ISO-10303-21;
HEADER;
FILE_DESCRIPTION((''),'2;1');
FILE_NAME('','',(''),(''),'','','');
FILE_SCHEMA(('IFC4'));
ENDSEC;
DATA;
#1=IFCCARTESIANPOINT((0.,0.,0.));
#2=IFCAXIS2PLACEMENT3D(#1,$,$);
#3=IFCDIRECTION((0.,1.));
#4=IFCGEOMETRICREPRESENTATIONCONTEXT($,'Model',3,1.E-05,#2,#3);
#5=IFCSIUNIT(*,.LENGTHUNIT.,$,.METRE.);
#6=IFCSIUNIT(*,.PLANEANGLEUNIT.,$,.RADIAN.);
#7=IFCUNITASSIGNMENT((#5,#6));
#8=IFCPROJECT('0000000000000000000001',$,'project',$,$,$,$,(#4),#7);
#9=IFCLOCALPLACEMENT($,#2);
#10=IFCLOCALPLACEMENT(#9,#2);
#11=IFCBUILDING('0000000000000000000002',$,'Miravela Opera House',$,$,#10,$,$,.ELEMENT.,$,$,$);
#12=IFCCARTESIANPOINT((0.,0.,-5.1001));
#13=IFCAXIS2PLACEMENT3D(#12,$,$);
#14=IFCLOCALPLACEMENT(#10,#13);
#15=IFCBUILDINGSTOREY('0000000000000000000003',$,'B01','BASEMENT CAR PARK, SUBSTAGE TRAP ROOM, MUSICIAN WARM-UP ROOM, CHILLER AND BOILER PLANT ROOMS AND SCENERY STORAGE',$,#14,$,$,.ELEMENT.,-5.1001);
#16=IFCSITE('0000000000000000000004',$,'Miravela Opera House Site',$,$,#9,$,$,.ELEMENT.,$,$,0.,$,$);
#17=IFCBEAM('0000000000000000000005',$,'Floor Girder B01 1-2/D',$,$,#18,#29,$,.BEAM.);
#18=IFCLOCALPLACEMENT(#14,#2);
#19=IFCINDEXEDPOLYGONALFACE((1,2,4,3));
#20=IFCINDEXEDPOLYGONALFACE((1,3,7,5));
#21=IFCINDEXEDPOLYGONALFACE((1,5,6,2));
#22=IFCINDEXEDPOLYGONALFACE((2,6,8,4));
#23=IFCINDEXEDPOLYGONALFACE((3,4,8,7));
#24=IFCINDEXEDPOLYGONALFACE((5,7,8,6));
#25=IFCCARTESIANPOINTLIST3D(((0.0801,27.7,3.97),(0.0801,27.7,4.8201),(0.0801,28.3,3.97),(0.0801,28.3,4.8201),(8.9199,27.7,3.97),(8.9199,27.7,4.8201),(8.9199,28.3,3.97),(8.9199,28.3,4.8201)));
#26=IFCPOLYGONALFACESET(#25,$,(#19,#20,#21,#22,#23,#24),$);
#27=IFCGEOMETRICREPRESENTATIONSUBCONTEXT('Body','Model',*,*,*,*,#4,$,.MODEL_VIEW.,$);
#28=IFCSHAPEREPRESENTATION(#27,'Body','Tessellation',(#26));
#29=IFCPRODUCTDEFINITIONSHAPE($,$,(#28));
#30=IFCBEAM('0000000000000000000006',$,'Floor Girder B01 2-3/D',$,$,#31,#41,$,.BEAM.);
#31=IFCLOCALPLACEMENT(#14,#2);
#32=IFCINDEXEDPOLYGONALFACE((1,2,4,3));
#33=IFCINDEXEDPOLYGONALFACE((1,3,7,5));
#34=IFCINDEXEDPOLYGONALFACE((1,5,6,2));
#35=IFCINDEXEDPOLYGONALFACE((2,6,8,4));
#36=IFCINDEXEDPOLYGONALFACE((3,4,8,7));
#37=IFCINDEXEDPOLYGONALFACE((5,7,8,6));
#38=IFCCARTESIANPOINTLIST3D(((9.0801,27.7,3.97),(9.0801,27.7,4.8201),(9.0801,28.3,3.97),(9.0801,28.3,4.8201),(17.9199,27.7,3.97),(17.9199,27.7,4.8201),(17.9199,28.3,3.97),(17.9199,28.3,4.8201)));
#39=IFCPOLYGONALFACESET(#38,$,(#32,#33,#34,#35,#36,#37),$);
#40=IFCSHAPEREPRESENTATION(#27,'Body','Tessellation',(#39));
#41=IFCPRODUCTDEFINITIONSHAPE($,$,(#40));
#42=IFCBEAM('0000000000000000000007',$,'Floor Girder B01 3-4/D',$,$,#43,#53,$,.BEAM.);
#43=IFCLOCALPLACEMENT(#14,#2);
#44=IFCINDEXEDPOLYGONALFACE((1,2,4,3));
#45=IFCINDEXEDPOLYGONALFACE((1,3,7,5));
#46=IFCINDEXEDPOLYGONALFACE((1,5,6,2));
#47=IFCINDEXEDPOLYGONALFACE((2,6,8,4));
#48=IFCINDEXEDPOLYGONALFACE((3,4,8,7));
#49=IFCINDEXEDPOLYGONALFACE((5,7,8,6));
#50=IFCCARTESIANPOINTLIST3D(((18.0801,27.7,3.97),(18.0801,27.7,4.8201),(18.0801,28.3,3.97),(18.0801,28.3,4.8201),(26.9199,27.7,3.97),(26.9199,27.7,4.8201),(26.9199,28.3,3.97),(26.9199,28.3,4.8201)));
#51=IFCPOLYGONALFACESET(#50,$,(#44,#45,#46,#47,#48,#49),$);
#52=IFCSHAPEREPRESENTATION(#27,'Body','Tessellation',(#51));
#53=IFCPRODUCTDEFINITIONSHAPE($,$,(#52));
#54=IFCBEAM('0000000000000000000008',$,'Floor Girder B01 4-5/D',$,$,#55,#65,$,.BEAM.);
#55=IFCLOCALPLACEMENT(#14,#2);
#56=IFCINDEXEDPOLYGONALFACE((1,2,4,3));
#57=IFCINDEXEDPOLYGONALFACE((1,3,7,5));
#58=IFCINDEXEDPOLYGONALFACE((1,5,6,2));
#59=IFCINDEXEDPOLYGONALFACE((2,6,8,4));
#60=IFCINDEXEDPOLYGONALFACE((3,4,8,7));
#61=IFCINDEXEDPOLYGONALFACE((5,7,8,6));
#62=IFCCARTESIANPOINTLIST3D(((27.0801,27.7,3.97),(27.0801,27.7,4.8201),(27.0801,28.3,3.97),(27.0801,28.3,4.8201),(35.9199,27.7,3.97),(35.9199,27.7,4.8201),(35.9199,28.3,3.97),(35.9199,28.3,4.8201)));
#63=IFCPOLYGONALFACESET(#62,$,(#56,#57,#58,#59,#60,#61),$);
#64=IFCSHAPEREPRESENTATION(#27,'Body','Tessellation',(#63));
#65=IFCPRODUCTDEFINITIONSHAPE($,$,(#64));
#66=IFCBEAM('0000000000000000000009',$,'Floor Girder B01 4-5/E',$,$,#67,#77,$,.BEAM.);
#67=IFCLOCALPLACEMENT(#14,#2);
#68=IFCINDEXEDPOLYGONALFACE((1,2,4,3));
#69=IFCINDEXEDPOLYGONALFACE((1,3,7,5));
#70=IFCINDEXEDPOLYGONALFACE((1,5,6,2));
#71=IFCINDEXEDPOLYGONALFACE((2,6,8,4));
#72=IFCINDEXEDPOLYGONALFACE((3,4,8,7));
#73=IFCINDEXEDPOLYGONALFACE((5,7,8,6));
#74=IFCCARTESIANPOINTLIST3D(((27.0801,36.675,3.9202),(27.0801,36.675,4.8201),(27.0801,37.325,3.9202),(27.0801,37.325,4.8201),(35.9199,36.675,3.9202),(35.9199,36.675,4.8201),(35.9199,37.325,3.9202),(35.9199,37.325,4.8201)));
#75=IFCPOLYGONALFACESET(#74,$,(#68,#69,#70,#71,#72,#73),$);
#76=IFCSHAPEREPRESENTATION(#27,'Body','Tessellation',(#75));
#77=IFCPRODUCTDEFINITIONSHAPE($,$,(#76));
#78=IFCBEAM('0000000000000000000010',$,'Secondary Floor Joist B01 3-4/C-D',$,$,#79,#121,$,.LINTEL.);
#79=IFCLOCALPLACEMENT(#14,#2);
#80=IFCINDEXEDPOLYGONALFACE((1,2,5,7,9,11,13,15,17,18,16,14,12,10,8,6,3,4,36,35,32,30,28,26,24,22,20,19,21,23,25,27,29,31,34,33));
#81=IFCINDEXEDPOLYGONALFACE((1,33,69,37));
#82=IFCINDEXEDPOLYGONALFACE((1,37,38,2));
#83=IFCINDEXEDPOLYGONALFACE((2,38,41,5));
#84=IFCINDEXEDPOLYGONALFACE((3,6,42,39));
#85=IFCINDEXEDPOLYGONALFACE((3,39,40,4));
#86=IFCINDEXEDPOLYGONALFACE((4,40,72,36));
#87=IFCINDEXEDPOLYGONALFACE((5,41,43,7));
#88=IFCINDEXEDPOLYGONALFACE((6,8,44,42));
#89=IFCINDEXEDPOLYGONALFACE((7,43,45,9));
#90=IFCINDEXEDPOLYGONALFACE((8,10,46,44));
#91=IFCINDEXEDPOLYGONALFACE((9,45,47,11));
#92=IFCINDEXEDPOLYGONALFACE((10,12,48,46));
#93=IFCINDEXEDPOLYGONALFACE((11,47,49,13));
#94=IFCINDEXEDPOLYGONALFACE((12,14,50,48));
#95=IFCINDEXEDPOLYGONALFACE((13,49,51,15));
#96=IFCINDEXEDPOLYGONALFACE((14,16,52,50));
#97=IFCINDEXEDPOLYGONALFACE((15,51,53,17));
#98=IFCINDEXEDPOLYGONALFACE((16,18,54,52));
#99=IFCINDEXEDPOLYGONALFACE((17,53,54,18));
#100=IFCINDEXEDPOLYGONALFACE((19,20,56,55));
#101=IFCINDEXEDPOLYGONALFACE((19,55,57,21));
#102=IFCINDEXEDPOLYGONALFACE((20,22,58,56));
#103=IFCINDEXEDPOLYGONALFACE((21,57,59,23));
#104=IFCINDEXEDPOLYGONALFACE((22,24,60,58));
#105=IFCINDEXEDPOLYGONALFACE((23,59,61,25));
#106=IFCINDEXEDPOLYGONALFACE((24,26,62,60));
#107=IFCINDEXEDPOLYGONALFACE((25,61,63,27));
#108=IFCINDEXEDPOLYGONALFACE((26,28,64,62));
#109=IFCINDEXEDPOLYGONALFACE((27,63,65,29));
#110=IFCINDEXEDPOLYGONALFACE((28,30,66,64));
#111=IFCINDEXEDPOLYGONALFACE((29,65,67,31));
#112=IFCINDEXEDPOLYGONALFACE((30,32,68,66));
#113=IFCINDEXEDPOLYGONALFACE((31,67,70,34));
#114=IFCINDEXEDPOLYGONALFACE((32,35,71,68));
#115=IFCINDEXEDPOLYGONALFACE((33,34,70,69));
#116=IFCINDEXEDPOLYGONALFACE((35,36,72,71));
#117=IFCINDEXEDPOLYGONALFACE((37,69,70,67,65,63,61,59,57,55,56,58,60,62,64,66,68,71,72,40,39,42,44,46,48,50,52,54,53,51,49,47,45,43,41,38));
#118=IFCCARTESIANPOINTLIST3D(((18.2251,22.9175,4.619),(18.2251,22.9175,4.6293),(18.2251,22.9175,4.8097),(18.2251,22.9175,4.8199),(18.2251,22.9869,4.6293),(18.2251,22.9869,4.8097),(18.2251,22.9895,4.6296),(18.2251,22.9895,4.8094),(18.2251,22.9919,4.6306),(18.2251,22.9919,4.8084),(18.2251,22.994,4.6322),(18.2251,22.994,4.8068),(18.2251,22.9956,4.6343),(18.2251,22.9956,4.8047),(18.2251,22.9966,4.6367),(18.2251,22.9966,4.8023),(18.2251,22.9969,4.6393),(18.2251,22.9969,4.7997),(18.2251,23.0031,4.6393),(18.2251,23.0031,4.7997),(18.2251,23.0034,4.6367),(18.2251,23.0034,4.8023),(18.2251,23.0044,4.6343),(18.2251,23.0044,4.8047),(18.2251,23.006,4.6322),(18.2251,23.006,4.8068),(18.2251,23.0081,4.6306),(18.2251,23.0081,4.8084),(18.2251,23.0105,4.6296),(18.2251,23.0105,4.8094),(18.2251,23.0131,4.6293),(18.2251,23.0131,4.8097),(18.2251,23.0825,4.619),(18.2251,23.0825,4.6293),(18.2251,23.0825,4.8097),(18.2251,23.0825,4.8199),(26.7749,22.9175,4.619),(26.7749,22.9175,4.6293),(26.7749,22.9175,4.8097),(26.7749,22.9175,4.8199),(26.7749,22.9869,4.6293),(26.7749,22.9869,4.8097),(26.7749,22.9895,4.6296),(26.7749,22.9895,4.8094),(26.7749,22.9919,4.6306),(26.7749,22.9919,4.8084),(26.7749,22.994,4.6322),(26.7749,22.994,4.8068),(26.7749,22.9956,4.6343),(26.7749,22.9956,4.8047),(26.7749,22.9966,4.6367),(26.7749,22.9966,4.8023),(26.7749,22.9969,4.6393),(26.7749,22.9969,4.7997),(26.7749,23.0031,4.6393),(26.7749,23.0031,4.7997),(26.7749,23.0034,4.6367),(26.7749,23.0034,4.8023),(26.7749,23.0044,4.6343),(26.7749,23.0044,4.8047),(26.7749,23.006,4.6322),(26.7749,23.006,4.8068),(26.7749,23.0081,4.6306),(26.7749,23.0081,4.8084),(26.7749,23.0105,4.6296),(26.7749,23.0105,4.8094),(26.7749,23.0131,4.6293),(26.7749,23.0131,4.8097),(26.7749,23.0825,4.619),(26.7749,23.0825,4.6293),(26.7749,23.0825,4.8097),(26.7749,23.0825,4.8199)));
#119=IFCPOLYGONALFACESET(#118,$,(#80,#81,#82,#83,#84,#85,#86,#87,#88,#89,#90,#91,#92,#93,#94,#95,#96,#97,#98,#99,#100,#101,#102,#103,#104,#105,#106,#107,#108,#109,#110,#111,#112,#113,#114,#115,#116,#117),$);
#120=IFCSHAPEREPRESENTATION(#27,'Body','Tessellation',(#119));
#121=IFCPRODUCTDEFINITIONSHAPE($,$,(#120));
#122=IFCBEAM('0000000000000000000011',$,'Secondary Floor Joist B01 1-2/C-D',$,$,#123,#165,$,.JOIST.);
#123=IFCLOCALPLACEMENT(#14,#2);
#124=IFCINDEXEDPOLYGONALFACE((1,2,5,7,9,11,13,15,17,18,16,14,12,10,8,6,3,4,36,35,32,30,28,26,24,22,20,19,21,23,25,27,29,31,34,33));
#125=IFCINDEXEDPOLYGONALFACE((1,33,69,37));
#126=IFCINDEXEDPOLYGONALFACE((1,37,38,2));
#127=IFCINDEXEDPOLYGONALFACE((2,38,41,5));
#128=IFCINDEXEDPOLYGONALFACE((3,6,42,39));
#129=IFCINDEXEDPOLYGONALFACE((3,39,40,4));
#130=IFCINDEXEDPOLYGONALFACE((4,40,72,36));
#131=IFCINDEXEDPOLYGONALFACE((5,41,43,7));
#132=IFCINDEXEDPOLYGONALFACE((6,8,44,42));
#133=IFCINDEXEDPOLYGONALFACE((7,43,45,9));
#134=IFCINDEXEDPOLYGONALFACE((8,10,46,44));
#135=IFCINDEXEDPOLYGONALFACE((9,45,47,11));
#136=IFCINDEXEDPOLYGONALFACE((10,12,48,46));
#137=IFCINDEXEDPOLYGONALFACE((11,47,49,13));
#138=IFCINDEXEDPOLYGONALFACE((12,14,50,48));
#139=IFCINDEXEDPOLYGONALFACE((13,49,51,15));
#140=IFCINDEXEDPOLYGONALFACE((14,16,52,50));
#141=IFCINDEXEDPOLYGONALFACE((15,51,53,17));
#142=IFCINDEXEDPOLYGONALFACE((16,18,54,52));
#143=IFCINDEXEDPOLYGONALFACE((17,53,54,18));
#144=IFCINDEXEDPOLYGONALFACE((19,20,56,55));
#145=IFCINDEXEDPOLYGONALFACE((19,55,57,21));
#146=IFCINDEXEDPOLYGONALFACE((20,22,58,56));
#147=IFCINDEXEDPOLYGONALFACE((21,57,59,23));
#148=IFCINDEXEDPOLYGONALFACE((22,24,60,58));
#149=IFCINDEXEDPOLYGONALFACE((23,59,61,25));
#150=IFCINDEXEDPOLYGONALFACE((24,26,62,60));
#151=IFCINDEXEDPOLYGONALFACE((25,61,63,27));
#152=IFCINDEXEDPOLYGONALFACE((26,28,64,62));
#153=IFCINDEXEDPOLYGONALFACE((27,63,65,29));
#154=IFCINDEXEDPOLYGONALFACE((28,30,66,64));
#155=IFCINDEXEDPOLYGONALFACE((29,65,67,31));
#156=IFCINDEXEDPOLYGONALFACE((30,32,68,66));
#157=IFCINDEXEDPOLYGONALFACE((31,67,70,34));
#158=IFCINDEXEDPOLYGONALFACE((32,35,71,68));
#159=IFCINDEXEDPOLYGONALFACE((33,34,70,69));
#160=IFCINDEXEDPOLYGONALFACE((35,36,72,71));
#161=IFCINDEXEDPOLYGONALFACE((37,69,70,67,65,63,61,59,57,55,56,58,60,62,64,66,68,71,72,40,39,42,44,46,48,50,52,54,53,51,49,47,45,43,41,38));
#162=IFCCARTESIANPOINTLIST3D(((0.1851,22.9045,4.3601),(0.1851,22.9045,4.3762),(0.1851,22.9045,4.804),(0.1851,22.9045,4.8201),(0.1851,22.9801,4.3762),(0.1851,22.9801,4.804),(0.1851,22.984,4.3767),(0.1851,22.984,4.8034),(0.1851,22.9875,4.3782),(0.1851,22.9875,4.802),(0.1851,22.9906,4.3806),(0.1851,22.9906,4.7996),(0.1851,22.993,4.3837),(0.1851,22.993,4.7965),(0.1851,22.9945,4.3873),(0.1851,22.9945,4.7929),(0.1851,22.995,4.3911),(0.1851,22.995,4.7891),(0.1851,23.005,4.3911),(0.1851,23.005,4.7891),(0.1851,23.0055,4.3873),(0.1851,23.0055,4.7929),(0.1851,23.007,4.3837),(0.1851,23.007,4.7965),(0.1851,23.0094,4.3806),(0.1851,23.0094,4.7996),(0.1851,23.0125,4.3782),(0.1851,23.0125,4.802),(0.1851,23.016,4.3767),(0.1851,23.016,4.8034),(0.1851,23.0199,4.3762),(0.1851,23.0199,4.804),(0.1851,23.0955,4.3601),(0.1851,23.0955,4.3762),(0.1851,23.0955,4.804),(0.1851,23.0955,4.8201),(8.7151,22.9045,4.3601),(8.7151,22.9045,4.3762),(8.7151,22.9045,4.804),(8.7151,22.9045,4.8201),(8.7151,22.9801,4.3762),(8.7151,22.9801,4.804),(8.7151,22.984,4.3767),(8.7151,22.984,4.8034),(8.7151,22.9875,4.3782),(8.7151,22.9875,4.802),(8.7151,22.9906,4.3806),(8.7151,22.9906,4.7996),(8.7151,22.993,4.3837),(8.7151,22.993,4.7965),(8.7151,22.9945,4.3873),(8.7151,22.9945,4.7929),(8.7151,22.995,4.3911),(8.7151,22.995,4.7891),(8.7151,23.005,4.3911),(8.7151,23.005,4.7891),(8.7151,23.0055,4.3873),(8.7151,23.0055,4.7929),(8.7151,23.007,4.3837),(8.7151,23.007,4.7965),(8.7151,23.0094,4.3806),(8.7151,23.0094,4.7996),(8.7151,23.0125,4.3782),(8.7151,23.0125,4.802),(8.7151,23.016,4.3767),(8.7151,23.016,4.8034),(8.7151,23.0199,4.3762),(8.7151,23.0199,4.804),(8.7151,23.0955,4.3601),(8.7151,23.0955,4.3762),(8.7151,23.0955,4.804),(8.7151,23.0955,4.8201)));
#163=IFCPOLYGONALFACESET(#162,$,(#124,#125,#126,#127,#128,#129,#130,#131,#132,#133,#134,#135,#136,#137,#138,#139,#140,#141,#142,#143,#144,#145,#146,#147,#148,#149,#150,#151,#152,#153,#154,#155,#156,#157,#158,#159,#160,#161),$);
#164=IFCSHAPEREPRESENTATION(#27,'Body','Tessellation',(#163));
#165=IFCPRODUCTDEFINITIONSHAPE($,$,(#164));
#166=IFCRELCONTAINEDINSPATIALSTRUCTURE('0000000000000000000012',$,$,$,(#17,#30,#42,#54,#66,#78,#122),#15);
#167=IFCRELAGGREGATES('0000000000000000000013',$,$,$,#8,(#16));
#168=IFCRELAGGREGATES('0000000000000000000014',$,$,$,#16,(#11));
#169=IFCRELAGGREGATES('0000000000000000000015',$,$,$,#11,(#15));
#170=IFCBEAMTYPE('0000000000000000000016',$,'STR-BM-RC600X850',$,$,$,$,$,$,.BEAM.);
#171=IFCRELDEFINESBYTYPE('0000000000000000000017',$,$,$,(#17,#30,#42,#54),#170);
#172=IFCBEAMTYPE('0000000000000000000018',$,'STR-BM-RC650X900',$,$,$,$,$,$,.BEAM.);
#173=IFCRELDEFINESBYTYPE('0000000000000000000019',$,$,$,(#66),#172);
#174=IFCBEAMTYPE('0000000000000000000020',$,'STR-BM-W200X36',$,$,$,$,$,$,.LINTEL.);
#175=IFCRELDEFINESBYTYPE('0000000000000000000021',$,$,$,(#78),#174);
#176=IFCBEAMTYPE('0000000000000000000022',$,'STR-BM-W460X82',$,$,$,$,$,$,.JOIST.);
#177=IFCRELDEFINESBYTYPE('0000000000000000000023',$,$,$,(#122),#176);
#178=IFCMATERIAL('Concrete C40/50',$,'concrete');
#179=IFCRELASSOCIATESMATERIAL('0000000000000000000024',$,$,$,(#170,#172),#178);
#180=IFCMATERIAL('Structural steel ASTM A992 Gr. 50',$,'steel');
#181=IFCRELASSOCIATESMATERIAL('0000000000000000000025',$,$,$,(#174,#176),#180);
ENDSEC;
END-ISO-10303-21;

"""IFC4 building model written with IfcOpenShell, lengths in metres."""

from ifc_helpers import new_model, si_unit, direction, frame, origin, origin_2d, place, context, subcontext, project, spatial, rectangle, i_section, extrude, material, material_profile, profile_set, type_object, element, save


model = new_model("IFC4")

# Units and contexts
model_context = context("Model", 3, precision=1e-05, world=origin(), true_north=direction((0.0, 1.0)))
body_context = subcontext(model_context, "Body", "Model", "MODEL_VIEW")
ifc_project = project(units=[si_unit("LENGTHUNIT", "METRE"), si_unit("PLANEANGLEUNIT", "RADIAN")], contexts=[model_context])

# Site, building, storey
site_placement = place(None, origin())
site = spatial("IfcSite", under=ifc_project, at=site_placement, Name="Miravela Opera House Site", CompositionType="ELEMENT", RefElevation=0.0)
building_placement = place(site_placement, origin())
building = spatial("IfcBuilding", under=site, at=building_placement, Name="Miravela Opera House", CompositionType="ELEMENT")
storey_placement = place(building_placement, frame((0.0, 0.0, -5.1001)))
storey = spatial("IfcBuildingStorey", under=building, at=storey_placement, Name="B01", Description="BASEMENT CAR PARK, SUBSTAGE TRAP ROOM, MUSICIAN WARM-UP ROOM, CHILLER AND BOILER PLANT ROOMS AND SCENERY STORAGE", CompositionType="ELEMENT", Elevation=-5.1001)

# Shared definitions
ifc_material_1 = material(Name="Concrete C40/50", Category="concrete")

# Beams
ifc_material_profile_1 = material_profile(ifc_material_1, rectangle(XDim=0.6001, YDim=0.8501, at=origin_2d()), Name="RC-BM-600X850")
ifc_profile_set_1 = profile_set([ifc_material_profile_1])
beam_type_1 = type_object("IfcBeamType", Name="STR-BM-RC600X850", PredefinedType="BEAM", material=ifc_profile_set_1)
for number, where, z_axis, x_axis, name in (
    (1, (0.0801, 28.0, 4.395), (1.0, 0.0, 0.0), (0.0, 1.0, 0.0), "Floor Girder B01 1-2/D"),
    (2, (9.0801, 28.0, 4.395), (1.0, 0.0, 0.0), (0.0, 1.0, 0.0), "Floor Girder B01 2-3/D"),
    (3, (18.0801, 28.0, 4.395), (1.0, 0.0, 0.0), (0.0, 1.0, 0.0), "Floor Girder B01 3-4/D"),
    (4, (27.0801, 28.0, 4.395), (1.0, 0.0, 0.0), (0.0, 1.0, 0.0), "Floor Girder B01 4-5/D"),
):
    element("IfcBeam", number, at=place(storey_placement, frame(where, z_axis=z_axis, x_axis=x_axis)), inside=storey, type_object=beam_type_1, Name=name, PredefinedType="BEAM", context=body_context, shape_type="SweptSolid", body=[
        extrude(rectangle(XDim=0.6001, YDim=0.8501, at=origin_2d()), origin(), (0.0, 0.0, 1.0), 8.8398),
    ])
ifc_material_profile_2 = material_profile(ifc_material_1, rectangle(XDim=0.6499, YDim=0.8999, at=origin_2d()), Name="RC-BM-650X900")
ifc_profile_set_2 = profile_set([ifc_material_profile_2])
beam_type_2 = type_object("IfcBeamType", Name="STR-BM-RC650X900", PredefinedType="BEAM", material=ifc_profile_set_2)
beam_1_placement = place(storey_placement, frame((27.0801, 37.0, 4.3701), z_axis=(1.0, 0.0, 0.0), x_axis=(0.0, 1.0, 0.0)))
element("IfcBeam", 5, at=beam_1_placement, inside=storey, type_object=beam_type_2, Name="Floor Girder B01 4-5/E", PredefinedType="BEAM", context=body_context, shape_type="SweptSolid", body=[
    extrude(rectangle(XDim=0.6499, YDim=0.8999, at=origin_2d()), origin(), (0.0, 0.0, 1.0), 8.8398),
])
ifc_material_2 = material(Name="Structural steel ASTM A992 Gr. 50", Category="steel")
ifc_material_profile_3 = material_profile(ifc_material_2, i_section(OverallWidth=0.165, OverallDepth=0.2009, WebThickness=0.0061, FlangeThickness=0.0103, FilletRadius=0.01, at=origin_2d()), Name="W200X36")
ifc_profile_set_3 = profile_set([ifc_material_profile_3])
beam_type_3 = type_object("IfcBeamType", Name="STR-BM-W200X36", PredefinedType="LINTEL", material=ifc_profile_set_3)
beam_2_placement = place(storey_placement, frame((18.2251, 23.0, 4.7195), z_axis=(1.0, 0.0, 0.0), x_axis=(0.0, 1.0, 0.0)))
element("IfcBeam", 6, at=beam_2_placement, inside=storey, type_object=beam_type_3, Name="Secondary Floor Joist B01 3-4/C-D", PredefinedType="LINTEL", context=body_context, shape_type="SweptSolid", body=[
    extrude(i_section(OverallWidth=0.165, OverallDepth=0.2009, WebThickness=0.0061, FlangeThickness=0.0103, FilletRadius=0.01, at=origin_2d()), origin(), (0.0, 0.0, 1.0), 8.5498),
])
ifc_material_profile_4 = material_profile(ifc_material_2, i_section(OverallWidth=0.1909, OverallDepth=0.46, WebThickness=0.01, FlangeThickness=0.0161, FilletRadius=0.0149, at=origin_2d()), Name="W460X82")
ifc_profile_set_4 = profile_set([ifc_material_profile_4])
beam_type_4 = type_object("IfcBeamType", Name="STR-BM-W460X82", PredefinedType="JOIST", material=ifc_profile_set_4)
beam_3_placement = place(storey_placement, frame((0.1851, 23.0, 4.5901), z_axis=(1.0, 0.0, 0.0), x_axis=(0.0, 1.0, 0.0)))
element("IfcBeam", 7, at=beam_3_placement, inside=storey, type_object=beam_type_4, Name="Secondary Floor Joist B01 1-2/C-D", PredefinedType="JOIST", context=body_context, shape_type="SweptSolid", body=[
    extrude(i_section(OverallWidth=0.1909, OverallDepth=0.46, WebThickness=0.01, FlangeThickness=0.0161, FilletRadius=0.0149, at=origin_2d()), origin(), (0.0, 0.0, 1.0), 8.53),
])

save(model, "model.ifc")
